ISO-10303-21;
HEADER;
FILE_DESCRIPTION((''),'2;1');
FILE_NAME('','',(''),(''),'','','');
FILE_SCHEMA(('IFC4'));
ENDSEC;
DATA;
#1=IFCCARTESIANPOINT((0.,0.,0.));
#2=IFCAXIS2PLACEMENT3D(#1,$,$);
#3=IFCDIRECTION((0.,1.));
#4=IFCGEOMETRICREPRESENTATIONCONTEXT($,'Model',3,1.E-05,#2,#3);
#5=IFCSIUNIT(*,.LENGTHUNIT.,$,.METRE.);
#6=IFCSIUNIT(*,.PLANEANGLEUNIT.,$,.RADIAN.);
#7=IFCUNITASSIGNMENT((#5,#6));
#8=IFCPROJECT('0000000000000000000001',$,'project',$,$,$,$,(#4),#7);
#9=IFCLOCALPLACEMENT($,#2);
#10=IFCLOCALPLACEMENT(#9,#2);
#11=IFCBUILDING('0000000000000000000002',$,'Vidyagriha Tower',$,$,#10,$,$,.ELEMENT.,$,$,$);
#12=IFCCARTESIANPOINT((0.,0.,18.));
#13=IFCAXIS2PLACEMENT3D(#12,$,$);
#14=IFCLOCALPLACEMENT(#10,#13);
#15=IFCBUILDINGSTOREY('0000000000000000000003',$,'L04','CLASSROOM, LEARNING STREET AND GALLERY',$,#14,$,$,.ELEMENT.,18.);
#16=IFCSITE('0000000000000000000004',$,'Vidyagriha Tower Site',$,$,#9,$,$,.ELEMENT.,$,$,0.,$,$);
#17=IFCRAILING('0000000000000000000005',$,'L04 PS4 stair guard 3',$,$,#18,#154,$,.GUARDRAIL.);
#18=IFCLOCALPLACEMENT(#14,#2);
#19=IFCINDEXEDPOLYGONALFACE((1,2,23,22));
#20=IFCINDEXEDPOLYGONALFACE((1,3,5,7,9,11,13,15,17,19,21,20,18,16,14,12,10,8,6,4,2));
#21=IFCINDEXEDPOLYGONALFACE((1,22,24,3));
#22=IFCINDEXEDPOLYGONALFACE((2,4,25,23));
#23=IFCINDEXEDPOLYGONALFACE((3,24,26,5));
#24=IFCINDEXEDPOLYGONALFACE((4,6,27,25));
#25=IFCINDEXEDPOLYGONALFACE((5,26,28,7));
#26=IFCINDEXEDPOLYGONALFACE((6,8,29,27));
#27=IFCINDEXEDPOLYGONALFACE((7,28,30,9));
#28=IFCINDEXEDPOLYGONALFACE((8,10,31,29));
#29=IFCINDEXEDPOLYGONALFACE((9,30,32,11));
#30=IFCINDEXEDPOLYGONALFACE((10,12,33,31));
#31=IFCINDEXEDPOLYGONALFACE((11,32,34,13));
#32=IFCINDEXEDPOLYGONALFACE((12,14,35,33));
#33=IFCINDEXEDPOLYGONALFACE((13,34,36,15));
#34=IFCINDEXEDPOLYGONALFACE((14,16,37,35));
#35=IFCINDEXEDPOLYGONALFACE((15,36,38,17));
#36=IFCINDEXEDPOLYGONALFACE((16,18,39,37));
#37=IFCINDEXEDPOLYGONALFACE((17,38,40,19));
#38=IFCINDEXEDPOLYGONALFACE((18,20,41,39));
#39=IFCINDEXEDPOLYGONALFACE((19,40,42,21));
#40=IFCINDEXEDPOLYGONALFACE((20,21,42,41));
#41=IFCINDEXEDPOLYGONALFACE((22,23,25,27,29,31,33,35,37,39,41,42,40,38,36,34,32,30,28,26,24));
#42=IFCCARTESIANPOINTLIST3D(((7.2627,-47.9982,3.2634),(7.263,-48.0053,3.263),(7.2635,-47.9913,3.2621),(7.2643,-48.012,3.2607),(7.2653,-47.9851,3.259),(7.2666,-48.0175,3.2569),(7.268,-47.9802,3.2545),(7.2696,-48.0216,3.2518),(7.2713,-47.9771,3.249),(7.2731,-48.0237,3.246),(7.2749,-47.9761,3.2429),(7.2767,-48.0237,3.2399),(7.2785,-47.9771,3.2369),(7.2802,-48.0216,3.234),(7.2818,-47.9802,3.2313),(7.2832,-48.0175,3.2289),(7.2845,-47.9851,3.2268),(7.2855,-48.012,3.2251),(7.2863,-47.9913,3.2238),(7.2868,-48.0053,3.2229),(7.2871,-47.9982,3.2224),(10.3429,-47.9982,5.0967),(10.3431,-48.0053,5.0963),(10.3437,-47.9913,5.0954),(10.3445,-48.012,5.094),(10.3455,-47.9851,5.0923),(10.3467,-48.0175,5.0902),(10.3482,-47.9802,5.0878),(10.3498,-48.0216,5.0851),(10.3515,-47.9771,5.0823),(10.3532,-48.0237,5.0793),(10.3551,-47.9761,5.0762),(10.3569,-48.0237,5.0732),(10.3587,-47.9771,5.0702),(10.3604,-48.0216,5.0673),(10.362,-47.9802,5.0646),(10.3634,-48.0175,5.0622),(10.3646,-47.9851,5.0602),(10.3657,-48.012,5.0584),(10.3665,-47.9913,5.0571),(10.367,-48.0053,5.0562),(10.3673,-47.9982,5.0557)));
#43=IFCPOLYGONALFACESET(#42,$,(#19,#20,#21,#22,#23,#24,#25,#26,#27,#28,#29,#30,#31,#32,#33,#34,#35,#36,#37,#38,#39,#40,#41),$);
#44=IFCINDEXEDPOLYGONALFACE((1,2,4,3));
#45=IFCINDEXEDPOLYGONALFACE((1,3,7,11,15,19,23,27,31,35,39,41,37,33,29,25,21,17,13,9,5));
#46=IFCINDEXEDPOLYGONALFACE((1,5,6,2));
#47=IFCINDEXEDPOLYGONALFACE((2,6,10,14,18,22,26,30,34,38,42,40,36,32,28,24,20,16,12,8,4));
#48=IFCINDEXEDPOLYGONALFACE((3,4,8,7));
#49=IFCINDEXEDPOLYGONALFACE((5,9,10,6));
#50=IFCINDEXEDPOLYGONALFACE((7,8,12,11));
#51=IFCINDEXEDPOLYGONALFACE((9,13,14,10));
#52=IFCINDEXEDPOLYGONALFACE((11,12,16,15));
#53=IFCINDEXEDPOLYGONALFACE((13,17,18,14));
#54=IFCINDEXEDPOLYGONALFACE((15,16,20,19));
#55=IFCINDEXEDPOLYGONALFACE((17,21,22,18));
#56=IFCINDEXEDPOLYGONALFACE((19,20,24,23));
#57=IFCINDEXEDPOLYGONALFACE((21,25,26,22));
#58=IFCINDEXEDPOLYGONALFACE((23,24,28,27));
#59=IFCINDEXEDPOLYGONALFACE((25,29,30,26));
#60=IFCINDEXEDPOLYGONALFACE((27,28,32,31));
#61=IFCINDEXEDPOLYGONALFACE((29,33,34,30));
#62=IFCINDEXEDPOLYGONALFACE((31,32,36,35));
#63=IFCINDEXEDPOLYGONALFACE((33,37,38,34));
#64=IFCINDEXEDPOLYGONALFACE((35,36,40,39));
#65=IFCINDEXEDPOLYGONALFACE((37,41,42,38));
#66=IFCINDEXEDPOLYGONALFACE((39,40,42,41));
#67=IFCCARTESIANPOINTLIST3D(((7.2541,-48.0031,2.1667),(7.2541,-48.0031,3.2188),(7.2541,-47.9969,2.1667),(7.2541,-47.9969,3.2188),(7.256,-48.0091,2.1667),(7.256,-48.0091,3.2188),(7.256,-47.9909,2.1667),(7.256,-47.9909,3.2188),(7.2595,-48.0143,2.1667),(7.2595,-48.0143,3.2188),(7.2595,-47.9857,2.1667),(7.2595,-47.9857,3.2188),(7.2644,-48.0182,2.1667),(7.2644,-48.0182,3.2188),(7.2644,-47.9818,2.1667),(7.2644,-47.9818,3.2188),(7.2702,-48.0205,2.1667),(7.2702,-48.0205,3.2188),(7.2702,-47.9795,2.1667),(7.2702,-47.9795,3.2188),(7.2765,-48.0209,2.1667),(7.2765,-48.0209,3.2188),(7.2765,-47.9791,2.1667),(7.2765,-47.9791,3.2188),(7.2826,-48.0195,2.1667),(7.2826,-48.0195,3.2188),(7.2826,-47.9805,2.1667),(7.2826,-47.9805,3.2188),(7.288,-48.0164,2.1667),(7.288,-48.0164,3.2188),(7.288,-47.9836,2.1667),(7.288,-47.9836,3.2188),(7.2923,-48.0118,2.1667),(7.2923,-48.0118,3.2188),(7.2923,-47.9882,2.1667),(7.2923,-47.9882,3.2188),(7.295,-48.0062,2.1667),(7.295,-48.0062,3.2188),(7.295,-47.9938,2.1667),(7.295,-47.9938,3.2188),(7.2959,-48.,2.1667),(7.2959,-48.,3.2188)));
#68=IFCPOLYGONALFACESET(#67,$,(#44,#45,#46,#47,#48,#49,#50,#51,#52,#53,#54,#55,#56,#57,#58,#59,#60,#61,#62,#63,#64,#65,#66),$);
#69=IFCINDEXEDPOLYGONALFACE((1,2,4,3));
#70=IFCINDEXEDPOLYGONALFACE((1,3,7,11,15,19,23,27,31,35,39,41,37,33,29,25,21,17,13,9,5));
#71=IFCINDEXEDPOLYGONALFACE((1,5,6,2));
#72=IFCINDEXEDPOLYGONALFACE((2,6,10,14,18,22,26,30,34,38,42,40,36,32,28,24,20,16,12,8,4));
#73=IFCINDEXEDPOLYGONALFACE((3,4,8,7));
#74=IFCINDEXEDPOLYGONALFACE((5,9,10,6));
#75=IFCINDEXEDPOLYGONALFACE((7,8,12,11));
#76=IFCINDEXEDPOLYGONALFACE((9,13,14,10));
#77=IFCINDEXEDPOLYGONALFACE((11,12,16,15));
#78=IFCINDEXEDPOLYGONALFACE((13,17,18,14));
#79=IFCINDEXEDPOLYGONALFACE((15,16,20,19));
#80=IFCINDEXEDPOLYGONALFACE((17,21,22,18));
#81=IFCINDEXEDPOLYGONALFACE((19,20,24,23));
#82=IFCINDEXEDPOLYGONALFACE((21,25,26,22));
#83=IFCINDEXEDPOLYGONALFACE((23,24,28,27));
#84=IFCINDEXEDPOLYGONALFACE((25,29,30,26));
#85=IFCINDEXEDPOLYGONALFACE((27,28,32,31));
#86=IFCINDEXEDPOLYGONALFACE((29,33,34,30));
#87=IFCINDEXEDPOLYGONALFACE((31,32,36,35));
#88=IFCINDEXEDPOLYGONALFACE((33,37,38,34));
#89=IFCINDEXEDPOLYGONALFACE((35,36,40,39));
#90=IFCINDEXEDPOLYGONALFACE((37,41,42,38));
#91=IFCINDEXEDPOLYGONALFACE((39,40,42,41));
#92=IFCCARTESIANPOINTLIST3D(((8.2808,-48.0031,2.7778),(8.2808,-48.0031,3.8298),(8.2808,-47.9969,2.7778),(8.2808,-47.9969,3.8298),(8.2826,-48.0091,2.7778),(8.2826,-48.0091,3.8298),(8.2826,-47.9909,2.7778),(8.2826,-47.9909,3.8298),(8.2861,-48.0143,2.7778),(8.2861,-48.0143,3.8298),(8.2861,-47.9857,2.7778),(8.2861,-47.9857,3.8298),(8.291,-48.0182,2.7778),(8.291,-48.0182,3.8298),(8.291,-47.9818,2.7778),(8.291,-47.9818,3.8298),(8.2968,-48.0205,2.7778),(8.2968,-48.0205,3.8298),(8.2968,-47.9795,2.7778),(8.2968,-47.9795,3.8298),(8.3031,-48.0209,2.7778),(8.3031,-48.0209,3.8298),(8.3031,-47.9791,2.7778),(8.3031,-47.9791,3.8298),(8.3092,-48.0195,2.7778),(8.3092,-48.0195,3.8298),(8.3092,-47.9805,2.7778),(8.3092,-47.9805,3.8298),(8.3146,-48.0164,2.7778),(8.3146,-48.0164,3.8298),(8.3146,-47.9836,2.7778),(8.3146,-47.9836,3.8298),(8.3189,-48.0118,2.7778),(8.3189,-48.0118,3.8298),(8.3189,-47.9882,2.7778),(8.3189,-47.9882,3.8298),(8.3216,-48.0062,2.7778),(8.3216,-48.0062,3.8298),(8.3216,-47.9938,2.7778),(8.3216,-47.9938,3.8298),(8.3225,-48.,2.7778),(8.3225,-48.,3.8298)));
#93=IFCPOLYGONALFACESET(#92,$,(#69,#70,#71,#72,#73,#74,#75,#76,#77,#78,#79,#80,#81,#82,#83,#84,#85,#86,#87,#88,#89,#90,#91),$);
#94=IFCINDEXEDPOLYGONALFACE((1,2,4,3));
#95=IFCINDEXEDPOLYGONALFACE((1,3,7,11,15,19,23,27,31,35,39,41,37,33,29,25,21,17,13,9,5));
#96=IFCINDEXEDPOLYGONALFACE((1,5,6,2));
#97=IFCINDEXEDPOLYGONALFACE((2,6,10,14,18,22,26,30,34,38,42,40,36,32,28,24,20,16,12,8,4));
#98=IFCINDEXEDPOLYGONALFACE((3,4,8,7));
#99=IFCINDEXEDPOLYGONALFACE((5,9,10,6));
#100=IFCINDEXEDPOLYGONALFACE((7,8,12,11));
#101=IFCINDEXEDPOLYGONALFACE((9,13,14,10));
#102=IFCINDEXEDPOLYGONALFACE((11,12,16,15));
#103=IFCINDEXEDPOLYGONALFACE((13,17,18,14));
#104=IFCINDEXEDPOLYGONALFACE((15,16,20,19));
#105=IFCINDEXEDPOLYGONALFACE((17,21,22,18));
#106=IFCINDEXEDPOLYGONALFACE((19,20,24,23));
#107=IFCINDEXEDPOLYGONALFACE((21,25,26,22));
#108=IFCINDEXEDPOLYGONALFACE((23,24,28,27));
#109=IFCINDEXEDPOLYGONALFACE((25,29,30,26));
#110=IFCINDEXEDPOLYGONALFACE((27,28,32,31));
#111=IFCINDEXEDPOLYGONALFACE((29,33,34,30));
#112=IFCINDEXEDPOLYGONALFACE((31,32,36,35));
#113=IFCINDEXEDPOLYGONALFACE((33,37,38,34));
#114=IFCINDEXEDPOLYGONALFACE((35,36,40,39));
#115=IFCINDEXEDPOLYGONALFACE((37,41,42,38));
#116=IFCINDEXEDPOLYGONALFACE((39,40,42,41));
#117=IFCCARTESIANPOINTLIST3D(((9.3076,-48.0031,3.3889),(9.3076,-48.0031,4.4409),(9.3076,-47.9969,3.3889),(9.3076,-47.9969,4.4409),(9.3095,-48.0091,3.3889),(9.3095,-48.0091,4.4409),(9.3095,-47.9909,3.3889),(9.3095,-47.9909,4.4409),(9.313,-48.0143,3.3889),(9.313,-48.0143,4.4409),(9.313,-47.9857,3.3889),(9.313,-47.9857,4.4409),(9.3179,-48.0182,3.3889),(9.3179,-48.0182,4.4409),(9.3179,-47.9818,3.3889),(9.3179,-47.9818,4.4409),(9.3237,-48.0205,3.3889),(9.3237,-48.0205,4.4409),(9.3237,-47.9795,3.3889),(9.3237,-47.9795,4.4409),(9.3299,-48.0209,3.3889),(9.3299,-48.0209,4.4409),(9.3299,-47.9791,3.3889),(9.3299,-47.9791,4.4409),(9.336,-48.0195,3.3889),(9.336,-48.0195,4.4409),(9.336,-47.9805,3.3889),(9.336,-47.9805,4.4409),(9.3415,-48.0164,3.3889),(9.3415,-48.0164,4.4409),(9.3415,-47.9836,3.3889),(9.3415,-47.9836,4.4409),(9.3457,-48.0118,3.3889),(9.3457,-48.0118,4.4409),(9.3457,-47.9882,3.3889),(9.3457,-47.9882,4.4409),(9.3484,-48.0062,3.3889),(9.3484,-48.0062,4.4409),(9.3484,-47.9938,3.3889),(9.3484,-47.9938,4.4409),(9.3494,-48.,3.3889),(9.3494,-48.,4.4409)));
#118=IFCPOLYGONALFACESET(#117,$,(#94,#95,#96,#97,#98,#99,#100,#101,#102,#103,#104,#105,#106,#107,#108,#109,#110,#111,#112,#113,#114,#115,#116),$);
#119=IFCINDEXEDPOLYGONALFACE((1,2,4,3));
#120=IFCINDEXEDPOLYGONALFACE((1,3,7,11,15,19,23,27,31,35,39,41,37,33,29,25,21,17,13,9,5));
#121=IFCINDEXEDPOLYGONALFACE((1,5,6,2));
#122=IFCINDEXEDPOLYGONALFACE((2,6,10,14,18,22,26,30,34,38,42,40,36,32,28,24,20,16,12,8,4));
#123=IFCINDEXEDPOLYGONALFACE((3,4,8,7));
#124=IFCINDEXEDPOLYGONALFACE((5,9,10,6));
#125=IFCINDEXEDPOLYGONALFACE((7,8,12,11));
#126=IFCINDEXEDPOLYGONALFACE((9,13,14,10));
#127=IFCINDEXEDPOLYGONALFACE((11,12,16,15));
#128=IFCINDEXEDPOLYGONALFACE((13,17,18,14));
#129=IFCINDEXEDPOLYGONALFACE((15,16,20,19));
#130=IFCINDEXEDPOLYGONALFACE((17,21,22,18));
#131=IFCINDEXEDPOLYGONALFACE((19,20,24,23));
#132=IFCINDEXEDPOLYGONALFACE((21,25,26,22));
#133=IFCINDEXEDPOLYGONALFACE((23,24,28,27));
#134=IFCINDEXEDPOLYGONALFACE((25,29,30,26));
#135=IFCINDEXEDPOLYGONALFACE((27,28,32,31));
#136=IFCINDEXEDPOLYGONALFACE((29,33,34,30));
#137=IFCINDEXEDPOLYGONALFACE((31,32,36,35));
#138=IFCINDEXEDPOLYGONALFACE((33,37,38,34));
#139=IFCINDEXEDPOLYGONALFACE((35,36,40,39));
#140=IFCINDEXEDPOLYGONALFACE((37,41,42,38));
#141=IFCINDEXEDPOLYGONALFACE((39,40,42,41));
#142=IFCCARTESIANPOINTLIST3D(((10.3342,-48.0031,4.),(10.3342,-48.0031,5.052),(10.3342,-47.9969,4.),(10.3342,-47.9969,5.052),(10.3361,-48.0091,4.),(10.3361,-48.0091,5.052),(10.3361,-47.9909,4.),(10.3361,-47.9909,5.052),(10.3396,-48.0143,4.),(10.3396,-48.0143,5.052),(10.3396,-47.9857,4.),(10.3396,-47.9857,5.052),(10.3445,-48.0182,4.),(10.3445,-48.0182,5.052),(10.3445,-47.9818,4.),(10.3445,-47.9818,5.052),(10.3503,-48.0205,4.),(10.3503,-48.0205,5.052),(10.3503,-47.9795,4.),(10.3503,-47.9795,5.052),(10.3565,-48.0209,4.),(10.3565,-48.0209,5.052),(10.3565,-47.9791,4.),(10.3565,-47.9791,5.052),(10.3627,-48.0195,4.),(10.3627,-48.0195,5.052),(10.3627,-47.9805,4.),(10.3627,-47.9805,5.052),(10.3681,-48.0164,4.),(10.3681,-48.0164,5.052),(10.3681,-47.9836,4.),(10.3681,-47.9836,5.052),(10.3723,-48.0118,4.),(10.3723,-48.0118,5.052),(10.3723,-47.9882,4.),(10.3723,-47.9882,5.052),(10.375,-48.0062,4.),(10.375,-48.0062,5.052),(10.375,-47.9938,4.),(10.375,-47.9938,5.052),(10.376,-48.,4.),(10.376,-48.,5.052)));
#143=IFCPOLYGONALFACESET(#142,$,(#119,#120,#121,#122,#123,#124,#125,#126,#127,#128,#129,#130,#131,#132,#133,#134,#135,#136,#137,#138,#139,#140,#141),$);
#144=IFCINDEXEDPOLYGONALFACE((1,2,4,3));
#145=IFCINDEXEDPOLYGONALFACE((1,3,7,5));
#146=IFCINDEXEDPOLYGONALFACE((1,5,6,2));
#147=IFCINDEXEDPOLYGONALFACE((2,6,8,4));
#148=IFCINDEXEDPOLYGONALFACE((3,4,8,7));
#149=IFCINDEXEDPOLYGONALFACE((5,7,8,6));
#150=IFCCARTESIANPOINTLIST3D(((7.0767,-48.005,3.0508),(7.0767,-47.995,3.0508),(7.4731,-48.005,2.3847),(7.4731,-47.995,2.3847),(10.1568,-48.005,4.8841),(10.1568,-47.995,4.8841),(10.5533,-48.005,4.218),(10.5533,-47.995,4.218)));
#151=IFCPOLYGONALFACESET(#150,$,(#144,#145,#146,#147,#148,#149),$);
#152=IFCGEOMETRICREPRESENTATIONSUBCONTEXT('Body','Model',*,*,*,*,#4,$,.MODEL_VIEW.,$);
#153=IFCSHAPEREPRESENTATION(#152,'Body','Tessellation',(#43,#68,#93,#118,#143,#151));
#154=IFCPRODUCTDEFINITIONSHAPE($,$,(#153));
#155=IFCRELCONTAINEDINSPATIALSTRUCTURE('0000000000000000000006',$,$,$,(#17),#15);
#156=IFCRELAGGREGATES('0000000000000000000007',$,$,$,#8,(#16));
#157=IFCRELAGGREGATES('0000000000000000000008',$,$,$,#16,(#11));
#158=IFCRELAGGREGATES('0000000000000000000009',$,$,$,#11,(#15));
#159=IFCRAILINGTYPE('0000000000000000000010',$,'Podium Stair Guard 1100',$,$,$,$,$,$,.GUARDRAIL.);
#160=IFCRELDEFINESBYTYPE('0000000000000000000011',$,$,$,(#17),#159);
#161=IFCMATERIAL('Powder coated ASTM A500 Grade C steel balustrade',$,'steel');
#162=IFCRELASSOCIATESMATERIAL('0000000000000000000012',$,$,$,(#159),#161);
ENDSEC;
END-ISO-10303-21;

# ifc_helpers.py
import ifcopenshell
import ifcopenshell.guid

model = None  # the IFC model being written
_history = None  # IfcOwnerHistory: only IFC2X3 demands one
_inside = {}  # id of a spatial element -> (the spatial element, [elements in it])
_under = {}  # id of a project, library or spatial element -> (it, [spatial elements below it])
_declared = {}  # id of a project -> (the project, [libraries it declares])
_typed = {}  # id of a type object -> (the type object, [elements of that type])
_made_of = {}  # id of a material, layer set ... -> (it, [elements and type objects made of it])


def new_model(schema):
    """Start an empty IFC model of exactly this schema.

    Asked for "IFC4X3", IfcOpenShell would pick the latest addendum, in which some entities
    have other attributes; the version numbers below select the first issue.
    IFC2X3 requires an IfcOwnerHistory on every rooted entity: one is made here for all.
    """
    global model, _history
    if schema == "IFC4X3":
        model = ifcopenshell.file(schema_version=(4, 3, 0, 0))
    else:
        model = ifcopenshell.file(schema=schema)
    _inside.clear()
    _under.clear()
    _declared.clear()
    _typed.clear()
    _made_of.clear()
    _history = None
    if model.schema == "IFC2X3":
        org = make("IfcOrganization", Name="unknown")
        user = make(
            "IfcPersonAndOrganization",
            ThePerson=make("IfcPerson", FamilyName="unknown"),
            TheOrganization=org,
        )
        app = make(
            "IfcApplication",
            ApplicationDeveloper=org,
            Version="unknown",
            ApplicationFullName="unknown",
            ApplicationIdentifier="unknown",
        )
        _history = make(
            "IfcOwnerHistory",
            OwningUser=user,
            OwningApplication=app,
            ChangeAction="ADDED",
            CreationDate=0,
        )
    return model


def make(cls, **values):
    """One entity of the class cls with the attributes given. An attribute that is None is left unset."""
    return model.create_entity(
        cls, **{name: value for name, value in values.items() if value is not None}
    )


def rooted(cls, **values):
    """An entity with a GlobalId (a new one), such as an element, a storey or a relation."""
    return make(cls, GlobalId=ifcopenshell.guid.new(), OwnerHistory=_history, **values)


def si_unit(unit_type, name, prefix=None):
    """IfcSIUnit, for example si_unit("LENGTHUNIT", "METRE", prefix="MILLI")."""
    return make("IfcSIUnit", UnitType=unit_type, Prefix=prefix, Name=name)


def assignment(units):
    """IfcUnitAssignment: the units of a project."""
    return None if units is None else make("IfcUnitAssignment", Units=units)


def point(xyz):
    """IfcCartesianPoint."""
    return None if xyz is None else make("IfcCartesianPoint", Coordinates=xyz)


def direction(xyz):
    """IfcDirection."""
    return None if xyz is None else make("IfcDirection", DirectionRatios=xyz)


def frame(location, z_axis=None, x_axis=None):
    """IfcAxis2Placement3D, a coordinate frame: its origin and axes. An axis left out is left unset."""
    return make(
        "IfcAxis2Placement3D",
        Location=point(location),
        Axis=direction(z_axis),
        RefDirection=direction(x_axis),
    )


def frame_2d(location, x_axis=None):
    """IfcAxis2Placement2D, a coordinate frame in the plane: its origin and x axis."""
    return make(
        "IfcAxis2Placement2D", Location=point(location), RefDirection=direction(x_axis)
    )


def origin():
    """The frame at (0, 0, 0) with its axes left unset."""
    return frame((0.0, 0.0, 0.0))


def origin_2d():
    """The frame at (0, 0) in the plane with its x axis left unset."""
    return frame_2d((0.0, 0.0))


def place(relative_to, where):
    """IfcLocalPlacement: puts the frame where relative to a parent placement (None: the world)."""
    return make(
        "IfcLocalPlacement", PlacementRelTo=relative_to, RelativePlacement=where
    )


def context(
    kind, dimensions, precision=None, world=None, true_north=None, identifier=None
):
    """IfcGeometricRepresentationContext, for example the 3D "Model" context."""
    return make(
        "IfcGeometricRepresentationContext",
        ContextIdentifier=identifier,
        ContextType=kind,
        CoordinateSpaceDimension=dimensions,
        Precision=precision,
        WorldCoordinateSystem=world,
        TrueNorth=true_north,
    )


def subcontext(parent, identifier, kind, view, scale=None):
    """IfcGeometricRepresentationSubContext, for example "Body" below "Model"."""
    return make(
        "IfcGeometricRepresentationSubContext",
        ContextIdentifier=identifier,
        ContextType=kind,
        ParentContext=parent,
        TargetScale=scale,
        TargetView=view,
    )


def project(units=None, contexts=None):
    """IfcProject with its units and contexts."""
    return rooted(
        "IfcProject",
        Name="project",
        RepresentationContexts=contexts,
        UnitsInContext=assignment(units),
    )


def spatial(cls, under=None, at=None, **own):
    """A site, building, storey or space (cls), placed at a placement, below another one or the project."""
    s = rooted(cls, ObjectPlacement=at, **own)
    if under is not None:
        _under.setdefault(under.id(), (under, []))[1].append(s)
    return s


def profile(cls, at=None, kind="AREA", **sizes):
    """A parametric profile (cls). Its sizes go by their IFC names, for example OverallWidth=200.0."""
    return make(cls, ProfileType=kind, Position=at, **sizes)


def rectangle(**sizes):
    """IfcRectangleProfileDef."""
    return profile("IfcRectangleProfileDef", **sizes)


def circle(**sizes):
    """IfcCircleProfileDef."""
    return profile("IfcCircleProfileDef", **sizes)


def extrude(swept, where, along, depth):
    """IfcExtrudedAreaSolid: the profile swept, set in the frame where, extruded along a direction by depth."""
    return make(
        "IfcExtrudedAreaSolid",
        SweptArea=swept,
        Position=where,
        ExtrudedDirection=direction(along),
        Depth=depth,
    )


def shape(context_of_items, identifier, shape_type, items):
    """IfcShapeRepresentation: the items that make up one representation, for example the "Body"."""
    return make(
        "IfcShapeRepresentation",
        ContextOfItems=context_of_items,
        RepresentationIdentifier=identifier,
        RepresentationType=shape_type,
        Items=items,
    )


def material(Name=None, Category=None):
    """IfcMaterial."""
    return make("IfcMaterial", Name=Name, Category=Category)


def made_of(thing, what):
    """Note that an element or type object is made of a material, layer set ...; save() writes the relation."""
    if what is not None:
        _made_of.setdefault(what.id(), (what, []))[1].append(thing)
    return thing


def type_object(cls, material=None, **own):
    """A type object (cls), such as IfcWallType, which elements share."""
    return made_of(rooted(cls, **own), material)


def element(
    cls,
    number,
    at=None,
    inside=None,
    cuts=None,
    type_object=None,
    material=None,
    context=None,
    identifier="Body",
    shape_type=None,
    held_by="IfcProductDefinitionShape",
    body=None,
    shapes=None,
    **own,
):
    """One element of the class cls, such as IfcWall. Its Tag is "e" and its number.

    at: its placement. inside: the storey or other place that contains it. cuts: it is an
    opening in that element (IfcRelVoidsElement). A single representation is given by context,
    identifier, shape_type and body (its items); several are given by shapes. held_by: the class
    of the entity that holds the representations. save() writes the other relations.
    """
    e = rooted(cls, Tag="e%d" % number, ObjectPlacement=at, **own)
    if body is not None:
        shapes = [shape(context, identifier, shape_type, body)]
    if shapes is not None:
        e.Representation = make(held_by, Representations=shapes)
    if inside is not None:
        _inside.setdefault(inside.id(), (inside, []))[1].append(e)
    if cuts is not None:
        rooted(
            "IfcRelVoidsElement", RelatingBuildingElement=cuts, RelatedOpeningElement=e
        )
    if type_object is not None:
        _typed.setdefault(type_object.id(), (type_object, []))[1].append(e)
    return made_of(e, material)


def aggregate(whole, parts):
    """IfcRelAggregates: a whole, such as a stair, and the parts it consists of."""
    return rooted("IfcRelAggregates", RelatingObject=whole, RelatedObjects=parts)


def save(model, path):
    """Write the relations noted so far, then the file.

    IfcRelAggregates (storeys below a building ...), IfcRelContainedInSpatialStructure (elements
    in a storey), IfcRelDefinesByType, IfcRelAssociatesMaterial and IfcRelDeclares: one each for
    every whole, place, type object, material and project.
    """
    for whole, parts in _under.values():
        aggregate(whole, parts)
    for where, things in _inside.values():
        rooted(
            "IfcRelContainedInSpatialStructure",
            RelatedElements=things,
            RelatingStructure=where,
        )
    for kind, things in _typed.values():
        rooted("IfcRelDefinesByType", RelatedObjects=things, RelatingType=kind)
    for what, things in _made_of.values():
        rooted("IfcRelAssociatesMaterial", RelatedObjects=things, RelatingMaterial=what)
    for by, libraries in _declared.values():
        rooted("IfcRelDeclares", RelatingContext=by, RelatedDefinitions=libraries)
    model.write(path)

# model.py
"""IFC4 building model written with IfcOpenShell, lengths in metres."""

from ifc_helpers import new_model, si_unit, direction, frame, origin, origin_2d, place, context, subcontext, project, spatial, rectangle, circle, extrude, material, type_object, element, save


model = new_model("IFC4")

# Units and contexts
model_context = context("Model", 3, precision=1e-05, world=origin(), true_north=direction((0.0, 1.0)))
body_context = subcontext(model_context, "Body", "Model", "MODEL_VIEW")
ifc_project = project(units=[si_unit("LENGTHUNIT", "METRE"), si_unit("PLANEANGLEUNIT", "RADIAN")], contexts=[model_context])

# Site, building, storey
site_placement = place(None, origin())
site = spatial("IfcSite", under=ifc_project, at=site_placement, Name="Vidyagriha Tower Site", CompositionType="ELEMENT", RefElevation=0.0)
building_placement = place(site_placement, origin())
building = spatial("IfcBuilding", under=site, at=building_placement, Name="Vidyagriha Tower", CompositionType="ELEMENT")
storey_placement = place(building_placement, frame((0.0, 0.0, 18.0)))
storey = spatial("IfcBuildingStorey", under=building, at=storey_placement, Name="L04", Description="CLASSROOM, LEARNING STREET AND GALLERY", CompositionType="ELEMENT", Elevation=18.0)

# Railing
ifc_material_1 = material(Name="Powder coated ASTM A500 Grade C steel balustrade", Category="steel")
railing_type_1 = type_object("IfcRailingType", Name="Podium Stair Guard 1100", PredefinedType="GUARDRAIL", material=ifc_material_1)
railing_1_placement = place(storey_placement, frame((7.2749, -48.0, 2.1667)))
element("IfcRailing", 1, at=railing_1_placement, inside=storey, type_object=railing_type_1, Name="L04 PS4 stair guard 3", PredefinedType="GUARDRAIL", context=body_context, shape_type="SweptSolid", body=[
    extrude(circle(Radius=0.0239, at=origin_2d()), frame((0.0, 0.0, 1.0762), z_axis=(0.859309, 0.0, 0.511458), x_axis=(0.0, 1.0, 0.0)), (0.0, 0.0, 1.0), 3.5845),
    extrude(circle(Radius=0.021, at=origin_2d()), origin(), (0.0, 0.0, 1.0), 1.052),
    extrude(circle(Radius=0.021, at=origin_2d()), frame((1.0266, 0.0, 0.6111)), (0.0, 0.0, 1.0), 1.052),
    extrude(circle(Radius=0.021, at=origin_2d()), frame((2.0535, 0.0, 1.2222)), (0.0, 0.0, 1.0), 1.052),
    extrude(circle(Radius=0.021, at=origin_2d()), frame((3.0801, 0.0, 1.8333)), (0.0, 0.0, 1.0), 1.052),
    extrude(rectangle(XDim=0.01, YDim=0.7751, at=origin_2d()), frame((0.0, 0.0, 0.551), z_axis=(0.859309, 0.0, 0.511458), x_axis=(0.0, 1.0, 0.0)), (0.0, 0.0, 1.0), 3.5845),
])

save(model, "model.ifc")
